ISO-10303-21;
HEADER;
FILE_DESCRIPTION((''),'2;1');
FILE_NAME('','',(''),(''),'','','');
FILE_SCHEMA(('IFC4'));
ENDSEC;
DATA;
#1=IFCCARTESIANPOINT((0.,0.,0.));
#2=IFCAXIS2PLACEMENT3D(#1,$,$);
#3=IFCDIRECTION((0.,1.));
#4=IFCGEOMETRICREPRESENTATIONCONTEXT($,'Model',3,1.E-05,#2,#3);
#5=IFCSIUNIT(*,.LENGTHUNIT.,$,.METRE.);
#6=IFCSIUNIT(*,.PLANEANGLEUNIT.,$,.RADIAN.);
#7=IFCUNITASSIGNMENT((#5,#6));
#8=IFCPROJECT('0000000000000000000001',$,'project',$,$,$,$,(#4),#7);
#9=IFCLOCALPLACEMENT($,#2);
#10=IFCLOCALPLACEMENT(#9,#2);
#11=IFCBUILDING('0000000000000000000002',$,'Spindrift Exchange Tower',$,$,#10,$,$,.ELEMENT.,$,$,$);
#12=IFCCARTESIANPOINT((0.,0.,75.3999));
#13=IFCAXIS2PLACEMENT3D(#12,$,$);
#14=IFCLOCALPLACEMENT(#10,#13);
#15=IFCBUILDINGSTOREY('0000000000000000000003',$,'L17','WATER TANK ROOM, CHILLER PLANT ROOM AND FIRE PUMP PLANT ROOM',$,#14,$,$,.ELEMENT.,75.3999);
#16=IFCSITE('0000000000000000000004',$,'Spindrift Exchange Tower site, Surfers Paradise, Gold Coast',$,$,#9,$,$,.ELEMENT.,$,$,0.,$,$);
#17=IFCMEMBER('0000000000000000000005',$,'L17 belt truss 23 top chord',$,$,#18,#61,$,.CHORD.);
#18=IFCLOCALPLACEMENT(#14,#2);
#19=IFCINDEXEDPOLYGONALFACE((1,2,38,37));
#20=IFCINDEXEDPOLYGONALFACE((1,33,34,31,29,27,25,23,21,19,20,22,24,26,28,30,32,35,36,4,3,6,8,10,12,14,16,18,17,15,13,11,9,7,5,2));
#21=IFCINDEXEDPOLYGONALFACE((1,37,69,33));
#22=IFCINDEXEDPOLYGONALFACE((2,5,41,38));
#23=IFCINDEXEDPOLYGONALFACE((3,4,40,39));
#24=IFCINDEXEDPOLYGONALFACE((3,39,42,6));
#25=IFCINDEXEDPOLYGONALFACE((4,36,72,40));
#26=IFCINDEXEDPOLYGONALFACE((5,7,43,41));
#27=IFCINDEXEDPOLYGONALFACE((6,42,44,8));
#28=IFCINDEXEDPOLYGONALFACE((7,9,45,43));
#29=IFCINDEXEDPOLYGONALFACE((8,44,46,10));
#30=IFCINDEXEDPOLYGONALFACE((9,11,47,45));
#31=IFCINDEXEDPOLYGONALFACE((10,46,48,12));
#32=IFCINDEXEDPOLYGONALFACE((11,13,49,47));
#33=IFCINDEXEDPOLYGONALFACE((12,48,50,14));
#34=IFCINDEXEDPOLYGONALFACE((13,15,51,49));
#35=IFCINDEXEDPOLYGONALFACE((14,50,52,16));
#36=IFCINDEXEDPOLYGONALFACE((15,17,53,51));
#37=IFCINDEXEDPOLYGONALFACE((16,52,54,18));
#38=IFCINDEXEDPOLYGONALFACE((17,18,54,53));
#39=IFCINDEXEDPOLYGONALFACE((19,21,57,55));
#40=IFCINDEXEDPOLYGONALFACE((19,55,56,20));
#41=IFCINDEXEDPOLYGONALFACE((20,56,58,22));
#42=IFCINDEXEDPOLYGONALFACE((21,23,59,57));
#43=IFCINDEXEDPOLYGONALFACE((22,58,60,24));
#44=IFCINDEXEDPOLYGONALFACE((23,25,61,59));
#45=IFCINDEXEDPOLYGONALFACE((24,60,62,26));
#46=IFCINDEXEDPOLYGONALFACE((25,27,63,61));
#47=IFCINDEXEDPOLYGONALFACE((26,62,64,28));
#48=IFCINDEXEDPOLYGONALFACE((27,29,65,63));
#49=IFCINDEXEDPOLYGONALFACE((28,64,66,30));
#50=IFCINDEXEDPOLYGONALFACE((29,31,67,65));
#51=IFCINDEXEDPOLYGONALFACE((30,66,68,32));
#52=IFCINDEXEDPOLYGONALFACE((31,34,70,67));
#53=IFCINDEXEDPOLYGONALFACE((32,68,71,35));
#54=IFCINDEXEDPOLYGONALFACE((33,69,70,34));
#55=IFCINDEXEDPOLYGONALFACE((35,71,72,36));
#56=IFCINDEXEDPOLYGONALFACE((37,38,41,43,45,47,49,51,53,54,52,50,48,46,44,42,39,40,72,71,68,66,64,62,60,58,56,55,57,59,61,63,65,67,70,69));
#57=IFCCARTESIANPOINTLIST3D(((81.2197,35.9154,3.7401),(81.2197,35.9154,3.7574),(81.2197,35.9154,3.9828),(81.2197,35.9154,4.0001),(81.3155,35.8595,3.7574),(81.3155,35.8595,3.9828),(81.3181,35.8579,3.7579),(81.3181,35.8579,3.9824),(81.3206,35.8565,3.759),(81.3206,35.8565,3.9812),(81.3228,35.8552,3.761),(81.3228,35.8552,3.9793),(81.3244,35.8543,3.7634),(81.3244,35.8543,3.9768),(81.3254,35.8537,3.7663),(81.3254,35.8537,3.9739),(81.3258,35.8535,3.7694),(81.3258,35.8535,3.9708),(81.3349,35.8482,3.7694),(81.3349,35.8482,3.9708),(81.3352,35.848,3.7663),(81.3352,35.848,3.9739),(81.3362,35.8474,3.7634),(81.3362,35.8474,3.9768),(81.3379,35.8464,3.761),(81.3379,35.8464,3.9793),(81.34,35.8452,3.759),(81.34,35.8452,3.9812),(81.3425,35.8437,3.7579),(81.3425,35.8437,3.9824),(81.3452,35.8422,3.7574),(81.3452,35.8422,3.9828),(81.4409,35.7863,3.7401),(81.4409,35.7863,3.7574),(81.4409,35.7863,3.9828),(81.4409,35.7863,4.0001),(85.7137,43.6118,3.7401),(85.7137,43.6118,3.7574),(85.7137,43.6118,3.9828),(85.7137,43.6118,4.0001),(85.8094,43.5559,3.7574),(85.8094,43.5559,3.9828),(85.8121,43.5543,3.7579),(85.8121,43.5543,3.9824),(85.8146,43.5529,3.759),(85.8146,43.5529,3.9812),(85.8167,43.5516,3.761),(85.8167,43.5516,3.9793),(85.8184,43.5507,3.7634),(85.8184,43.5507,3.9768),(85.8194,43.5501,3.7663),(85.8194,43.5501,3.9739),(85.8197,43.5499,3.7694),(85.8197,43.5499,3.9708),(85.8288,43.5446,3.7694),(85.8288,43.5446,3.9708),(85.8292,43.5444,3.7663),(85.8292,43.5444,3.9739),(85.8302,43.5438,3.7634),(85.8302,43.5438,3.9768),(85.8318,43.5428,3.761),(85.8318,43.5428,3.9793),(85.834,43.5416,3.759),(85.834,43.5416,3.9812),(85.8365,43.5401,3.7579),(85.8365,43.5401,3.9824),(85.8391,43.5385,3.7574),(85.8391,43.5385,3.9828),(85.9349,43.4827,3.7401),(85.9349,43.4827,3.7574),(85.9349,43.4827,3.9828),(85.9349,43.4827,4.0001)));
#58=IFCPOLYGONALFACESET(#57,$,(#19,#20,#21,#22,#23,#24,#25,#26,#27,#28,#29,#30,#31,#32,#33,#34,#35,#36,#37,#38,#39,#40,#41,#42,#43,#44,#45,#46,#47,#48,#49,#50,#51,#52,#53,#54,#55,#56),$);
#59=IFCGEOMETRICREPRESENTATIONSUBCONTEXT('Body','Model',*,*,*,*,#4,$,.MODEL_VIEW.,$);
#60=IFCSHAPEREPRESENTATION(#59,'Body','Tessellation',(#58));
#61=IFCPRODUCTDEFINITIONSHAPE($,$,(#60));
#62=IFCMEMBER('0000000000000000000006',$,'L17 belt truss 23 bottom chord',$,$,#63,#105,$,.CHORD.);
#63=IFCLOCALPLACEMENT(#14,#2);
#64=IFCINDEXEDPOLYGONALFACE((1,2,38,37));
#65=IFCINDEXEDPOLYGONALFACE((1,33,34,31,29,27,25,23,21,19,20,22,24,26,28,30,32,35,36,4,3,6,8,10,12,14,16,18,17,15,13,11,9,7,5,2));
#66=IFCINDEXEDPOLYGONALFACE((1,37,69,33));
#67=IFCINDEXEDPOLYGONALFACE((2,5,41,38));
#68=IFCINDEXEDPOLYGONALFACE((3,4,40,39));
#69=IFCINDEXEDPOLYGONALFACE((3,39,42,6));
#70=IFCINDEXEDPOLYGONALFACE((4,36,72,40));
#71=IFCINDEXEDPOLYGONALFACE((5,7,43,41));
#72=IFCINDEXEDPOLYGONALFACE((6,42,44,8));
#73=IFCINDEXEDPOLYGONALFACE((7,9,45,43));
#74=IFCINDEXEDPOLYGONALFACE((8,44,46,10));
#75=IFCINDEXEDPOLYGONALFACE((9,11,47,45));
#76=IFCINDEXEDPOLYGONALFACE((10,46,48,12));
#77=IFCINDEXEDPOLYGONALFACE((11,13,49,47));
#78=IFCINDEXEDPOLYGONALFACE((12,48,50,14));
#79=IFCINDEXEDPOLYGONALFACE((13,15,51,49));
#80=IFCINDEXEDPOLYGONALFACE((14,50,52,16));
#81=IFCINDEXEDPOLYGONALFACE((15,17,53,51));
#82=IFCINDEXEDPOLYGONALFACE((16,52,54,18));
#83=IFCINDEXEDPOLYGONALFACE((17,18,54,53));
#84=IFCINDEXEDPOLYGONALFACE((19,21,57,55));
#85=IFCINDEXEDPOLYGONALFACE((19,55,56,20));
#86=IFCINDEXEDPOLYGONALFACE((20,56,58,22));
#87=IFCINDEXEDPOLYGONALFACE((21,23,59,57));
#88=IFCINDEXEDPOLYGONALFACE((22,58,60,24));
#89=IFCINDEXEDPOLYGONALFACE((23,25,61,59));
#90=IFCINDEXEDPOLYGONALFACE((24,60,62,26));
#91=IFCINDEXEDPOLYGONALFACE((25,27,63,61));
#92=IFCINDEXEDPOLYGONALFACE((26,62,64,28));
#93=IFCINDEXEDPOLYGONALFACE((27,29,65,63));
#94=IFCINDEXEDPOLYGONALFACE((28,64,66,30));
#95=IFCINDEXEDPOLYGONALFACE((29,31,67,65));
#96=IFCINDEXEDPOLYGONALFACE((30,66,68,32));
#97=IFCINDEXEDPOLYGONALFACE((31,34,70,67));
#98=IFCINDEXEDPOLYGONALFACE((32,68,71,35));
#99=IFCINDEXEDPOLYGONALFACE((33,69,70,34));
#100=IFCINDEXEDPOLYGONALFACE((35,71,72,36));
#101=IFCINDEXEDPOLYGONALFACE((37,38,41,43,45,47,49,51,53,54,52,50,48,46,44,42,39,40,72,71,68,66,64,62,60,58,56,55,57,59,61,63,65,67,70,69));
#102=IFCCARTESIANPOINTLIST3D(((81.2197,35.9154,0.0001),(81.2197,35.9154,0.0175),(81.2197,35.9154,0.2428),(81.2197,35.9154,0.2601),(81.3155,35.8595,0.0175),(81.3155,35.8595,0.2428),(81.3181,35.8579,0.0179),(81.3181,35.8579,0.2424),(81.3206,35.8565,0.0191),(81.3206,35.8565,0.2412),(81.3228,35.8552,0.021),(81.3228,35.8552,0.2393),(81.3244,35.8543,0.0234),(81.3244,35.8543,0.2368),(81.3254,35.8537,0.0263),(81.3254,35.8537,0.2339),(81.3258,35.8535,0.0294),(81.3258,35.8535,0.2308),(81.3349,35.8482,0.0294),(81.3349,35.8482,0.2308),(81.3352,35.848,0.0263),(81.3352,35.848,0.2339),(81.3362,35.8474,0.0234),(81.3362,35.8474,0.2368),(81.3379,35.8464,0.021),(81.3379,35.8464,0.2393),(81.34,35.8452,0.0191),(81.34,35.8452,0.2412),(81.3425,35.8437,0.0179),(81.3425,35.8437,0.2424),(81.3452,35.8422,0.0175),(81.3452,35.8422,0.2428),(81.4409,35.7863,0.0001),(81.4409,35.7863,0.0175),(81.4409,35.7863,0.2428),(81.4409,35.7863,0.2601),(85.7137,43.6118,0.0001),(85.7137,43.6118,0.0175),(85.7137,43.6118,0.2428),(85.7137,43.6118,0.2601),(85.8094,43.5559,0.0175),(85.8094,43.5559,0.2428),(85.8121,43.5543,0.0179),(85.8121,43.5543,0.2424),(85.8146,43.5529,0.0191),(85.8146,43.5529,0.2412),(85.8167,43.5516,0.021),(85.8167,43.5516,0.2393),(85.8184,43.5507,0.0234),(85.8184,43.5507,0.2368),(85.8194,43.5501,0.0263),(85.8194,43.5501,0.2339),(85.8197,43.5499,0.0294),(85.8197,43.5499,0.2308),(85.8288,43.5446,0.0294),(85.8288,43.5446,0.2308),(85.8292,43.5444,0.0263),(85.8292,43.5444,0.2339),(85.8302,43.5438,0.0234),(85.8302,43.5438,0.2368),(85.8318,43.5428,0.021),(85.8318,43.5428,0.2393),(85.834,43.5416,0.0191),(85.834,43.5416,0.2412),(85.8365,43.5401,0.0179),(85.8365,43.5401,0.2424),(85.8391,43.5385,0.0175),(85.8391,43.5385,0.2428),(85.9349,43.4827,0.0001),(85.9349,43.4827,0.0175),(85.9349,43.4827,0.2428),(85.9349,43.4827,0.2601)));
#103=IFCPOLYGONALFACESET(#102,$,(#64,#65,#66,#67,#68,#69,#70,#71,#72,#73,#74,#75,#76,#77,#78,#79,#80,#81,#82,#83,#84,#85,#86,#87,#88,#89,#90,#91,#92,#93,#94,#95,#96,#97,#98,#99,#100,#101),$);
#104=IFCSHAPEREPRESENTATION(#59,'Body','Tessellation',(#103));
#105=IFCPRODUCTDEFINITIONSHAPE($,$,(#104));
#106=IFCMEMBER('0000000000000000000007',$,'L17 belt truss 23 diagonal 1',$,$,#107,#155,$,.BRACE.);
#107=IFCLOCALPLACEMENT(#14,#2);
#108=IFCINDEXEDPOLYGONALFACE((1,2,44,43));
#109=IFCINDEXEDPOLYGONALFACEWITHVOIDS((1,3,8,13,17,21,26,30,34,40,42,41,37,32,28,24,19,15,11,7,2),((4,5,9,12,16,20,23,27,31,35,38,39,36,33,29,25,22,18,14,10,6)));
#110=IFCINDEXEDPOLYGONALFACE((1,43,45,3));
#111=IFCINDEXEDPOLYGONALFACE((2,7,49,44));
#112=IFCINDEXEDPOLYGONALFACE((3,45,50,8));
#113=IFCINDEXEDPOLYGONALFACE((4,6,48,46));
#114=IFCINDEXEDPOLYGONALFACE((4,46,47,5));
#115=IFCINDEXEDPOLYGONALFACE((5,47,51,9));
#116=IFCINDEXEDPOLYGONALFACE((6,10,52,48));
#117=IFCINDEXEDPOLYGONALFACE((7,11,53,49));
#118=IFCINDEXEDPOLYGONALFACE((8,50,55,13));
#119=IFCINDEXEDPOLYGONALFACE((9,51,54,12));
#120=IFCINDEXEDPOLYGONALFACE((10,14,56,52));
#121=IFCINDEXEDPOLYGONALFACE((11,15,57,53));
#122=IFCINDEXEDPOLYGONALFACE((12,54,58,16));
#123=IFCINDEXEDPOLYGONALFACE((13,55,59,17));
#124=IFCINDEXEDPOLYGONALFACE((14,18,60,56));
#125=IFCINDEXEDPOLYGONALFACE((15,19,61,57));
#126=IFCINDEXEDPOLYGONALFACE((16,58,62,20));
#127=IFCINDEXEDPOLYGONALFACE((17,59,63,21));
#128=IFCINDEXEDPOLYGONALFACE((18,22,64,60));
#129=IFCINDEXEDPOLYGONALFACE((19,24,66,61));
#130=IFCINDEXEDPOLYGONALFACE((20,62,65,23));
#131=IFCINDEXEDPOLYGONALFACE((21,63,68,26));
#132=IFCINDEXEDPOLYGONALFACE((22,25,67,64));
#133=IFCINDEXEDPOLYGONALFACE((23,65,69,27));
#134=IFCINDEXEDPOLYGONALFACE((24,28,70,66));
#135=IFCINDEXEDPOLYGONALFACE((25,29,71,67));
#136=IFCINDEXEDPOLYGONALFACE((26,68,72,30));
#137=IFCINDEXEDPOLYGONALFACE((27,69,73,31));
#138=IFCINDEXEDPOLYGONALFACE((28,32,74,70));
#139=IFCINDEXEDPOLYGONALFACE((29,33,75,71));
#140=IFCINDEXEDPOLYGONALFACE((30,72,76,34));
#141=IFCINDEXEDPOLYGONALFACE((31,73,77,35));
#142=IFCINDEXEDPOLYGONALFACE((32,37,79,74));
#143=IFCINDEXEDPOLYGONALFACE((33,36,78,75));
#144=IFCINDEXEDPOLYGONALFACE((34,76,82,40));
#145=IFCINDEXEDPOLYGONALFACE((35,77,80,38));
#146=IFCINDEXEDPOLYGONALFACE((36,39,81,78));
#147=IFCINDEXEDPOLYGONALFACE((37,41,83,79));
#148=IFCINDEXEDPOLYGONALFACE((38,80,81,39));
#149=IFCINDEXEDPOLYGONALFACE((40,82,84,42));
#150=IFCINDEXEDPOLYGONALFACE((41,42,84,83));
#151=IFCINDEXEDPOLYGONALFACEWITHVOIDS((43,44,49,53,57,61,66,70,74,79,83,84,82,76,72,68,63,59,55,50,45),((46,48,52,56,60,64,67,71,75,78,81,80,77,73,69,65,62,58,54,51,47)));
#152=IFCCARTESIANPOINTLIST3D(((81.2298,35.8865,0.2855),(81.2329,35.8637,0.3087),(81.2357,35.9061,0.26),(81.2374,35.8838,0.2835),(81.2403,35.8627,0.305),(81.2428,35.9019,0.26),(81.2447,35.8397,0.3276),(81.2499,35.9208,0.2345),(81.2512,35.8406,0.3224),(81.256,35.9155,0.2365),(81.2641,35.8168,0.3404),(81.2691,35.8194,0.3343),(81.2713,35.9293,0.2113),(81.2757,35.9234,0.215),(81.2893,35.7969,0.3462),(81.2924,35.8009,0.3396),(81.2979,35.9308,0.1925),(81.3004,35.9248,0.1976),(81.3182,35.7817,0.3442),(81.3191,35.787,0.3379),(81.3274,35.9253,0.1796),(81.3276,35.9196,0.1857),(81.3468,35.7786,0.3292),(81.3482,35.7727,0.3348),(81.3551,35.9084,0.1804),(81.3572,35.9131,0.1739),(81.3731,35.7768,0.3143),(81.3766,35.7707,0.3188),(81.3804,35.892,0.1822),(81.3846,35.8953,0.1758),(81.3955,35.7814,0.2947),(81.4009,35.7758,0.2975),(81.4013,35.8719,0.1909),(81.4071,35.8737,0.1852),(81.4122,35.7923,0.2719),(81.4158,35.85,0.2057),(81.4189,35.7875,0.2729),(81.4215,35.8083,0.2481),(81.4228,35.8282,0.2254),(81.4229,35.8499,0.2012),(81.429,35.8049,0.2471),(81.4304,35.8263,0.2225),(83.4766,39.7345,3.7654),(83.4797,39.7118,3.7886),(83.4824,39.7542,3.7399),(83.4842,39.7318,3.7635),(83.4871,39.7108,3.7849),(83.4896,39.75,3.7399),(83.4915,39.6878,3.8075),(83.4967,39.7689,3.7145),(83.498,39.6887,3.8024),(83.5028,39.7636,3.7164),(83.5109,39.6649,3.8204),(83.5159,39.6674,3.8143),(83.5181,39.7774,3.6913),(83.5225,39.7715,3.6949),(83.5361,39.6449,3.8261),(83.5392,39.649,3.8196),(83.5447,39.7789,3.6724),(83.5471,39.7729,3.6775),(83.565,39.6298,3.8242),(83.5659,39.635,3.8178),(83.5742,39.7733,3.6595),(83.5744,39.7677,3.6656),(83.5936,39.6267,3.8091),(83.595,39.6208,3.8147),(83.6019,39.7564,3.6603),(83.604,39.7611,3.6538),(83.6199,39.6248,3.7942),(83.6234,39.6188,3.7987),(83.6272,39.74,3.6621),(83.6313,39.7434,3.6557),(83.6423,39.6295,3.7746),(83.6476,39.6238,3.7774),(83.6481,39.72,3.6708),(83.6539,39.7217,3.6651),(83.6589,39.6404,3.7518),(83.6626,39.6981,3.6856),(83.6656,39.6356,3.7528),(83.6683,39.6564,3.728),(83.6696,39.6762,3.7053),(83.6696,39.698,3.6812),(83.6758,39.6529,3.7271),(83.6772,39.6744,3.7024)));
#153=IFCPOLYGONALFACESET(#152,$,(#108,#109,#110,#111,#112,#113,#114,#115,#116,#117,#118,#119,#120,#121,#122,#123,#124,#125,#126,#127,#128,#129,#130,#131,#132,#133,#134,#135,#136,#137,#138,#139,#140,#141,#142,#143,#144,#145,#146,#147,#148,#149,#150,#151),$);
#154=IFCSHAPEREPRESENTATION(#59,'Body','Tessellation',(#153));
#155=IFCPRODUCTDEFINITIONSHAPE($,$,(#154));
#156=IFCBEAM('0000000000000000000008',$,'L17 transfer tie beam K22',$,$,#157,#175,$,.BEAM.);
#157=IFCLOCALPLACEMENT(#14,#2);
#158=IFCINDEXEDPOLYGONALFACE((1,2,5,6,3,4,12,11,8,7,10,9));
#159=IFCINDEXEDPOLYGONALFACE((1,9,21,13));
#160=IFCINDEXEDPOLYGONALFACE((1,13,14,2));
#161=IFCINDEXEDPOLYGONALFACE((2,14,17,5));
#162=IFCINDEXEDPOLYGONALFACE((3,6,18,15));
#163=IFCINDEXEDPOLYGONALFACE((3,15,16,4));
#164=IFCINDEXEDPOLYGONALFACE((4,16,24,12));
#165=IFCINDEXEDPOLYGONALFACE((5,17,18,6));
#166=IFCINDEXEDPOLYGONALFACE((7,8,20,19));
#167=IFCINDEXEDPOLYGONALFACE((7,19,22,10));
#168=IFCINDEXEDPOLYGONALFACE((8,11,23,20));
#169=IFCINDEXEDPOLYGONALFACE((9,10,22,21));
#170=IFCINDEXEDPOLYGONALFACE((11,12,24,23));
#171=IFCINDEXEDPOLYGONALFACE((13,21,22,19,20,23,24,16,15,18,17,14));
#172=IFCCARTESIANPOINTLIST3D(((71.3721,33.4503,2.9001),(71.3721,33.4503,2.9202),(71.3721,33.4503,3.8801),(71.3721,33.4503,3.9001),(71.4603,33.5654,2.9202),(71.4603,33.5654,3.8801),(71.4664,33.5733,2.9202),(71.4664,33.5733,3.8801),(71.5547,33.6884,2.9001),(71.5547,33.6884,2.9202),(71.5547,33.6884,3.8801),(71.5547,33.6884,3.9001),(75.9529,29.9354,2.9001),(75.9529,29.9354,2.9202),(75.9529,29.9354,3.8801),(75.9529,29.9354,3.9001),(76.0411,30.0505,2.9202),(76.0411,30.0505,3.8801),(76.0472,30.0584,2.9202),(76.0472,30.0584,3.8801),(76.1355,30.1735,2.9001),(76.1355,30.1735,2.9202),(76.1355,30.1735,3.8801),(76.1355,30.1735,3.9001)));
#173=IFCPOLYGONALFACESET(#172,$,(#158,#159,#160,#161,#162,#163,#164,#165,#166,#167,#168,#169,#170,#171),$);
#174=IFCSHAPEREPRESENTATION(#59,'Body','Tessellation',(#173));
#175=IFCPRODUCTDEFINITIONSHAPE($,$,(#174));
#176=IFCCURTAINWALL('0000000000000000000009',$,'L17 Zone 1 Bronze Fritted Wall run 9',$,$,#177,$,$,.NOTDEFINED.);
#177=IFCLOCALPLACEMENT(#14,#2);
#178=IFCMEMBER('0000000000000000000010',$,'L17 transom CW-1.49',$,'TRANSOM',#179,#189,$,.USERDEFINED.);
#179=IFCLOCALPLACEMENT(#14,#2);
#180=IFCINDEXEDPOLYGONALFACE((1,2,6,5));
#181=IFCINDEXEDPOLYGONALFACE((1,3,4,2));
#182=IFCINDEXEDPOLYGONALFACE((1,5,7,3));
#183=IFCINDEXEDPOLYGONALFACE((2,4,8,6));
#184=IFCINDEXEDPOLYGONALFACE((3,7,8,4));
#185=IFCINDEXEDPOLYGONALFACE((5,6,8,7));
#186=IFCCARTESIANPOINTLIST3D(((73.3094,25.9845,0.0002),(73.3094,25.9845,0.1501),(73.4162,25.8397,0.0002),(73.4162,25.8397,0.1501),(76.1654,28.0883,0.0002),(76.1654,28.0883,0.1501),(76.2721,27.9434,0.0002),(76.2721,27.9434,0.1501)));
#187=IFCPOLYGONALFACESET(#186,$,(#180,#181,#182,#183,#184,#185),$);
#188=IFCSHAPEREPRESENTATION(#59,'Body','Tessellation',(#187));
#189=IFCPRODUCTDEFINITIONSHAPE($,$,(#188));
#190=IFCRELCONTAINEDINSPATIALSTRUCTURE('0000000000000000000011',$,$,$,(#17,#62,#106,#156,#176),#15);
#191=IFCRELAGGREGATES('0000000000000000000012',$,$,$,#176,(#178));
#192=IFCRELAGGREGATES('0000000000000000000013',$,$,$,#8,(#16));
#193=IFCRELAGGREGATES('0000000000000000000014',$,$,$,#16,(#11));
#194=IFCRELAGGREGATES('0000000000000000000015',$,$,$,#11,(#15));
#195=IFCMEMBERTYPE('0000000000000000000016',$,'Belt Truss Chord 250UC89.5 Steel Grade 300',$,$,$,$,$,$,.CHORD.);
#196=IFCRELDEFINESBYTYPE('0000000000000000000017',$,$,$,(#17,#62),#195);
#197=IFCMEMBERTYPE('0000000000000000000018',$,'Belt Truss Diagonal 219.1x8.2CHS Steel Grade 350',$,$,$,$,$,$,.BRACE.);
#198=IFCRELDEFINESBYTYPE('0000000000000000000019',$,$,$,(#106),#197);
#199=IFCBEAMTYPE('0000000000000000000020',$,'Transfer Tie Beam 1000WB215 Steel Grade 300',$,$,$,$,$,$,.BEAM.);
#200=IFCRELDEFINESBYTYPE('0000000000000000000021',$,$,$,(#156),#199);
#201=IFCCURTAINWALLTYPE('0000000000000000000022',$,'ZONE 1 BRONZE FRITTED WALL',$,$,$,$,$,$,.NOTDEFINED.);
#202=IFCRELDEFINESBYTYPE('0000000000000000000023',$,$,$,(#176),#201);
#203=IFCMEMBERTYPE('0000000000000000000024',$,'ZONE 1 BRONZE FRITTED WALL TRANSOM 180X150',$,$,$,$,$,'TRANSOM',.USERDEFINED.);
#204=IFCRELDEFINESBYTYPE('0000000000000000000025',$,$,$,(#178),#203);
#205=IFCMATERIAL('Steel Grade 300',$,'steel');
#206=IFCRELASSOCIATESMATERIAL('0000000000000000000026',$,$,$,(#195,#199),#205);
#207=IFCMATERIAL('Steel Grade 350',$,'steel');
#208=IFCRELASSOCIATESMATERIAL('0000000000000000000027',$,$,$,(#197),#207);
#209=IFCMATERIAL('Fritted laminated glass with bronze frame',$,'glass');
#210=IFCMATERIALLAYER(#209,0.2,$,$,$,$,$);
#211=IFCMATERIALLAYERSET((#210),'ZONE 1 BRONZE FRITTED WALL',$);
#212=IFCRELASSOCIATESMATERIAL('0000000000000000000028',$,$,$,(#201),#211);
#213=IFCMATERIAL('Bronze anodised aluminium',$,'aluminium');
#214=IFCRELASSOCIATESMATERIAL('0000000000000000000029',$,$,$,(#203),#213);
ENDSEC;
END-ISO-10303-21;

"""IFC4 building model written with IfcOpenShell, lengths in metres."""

from ifc_helpers import new_model, si_unit, direction, frame, origin, origin_2d, place, context, subcontext, project, spatial, rectangle, hollow_circle, i_section, extrude, source, transform, mapped, material, layer, layer_set, material_profile, profile_set, type_object, element, aggregate, save


model = new_model("IFC4")

# Units and contexts
model_context = context("Model", 3, precision=1e-05, world=origin(), true_north=direction((0.0, 1.0)))
body_context = subcontext(model_context, "Body", "Model", "MODEL_VIEW")
ifc_project = project(units=[si_unit("LENGTHUNIT", "METRE"), si_unit("PLANEANGLEUNIT", "RADIAN")], contexts=[model_context])

# Site, building, storey
site_placement = place(None, origin())
site = spatial("IfcSite", under=ifc_project, at=site_placement, Name="Spindrift Exchange Tower site, Surfers Paradise, Gold Coast", CompositionType="ELEMENT", RefElevation=0.0)
building_placement = place(site_placement, origin())
building = spatial("IfcBuilding", under=site, at=building_placement, Name="Spindrift Exchange Tower", CompositionType="ELEMENT")
storey_placement = place(building_placement, frame((0.0, 0.0, 75.3999)))
storey = spatial("IfcBuildingStorey", under=building, at=storey_placement, Name="L17", Description="WATER TANK ROOM, CHILLER PLANT ROOM AND FIRE PUMP PLANT ROOM", CompositionType="ELEMENT", Elevation=75.3999)

# Members
ifc_material_1 = material(Name="Steel Grade 300", Category="steel")
ifc_material_profile_1 = material_profile(ifc_material_1, i_section(OverallWidth=0.2561, OverallDepth=0.26, WebThickness=0.0105, FlangeThickness=0.0173, FilletRadius=0.012, at=origin_2d()), Name="250UC89.5")
ifc_profile_set_1 = profile_set([ifc_material_profile_1], Name="Steel Grade 300")
member_type_1 = type_object("IfcMemberType", Name="Belt Truss Chord 250UC89.5 Steel Grade 300", PredefinedType="CHORD", material=ifc_profile_set_1)
ifc_material_2 = material(Name="Steel Grade 350", Category="steel")
ifc_material_profile_2 = material_profile(ifc_material_2, hollow_circle(Radius=0.1096, WallThickness=0.0083, at=origin_2d()), Name="219.1x8.2CHS")
ifc_profile_set_2 = profile_set([ifc_material_profile_2], Name="Steel Grade 350")
member_type_2 = type_object("IfcMemberType", Name="Belt Truss Diagonal 219.1x8.2CHS Steel Grade 350", PredefinedType="BRACE", material=ifc_profile_set_2)
shared_shape_1 = source(origin(), body_context, "Body", "SweptSolid", [
    extrude(i_section(OverallWidth=0.2561, OverallDepth=0.26, WebThickness=0.0105, FlangeThickness=0.0173, FilletRadius=0.012, at=origin_2d()), origin(), (0.0, 0.0, 1.0), 8.9124),
])
for number, where, z_axis, x_axis, name in (
    (1, (81.3303, 35.8508, 3.8701), (0.504239, 0.863564, 0.0), (-0.863564, 0.504239, 0.0), "L17 belt truss 23 top chord"),
    (2, (81.3303, 35.8508, 0.1301), (0.504239, 0.863564, 0.0), (-0.863564, 0.504239, 0.0), "L17 belt truss 23 bottom chord"),
):
    element("IfcMember", number, at=place(storey_placement, frame(where, z_axis=z_axis, x_axis=x_axis)), inside=storey, type_object=member_type_1, Name=name, PredefinedType="CHORD", context=body_context, shape_type="MappedRepresentation", body=[
        mapped(shared_shape_1, transform((0.0, 0.0, 0.0), scale=1.0)),
    ])
shared_shape_2 = source(origin(), body_context, "Body", "SweptSolid", [
    extrude(hollow_circle(Radius=0.1096, WallThickness=0.0083, at=origin_2d()), origin(), (0.0, 0.0, 1.0), 5.6538),
])
member_1_placement = place(storey_placement, frame((81.3303, 35.8508, 0.26), z_axis=(0.397393, 0.680616, 0.6155), x_axis=(-0.863576, 0.504218, 0.0)))
element("IfcMember", 3, at=member_1_placement, inside=storey, type_object=member_type_2, Name="L17 belt truss 23 diagonal 1", PredefinedType="BRACE", context=body_context, shape_type="MappedRepresentation", body=[
    mapped(shared_shape_2, transform((0.0, 0.0, 0.0), scale=1.0)),
])

# Beam
ifc_material_profile_3 = material_profile(ifc_material_1, i_section(OverallWidth=0.3, OverallDepth=1.0, WebThickness=0.01, FlangeThickness=0.02, at=origin_2d()), Name="1000WB215")
ifc_profile_set_3 = profile_set([ifc_material_profile_3], Name="Steel Grade 300")
beam_type = type_object("IfcBeamType", Name="Transfer Tie Beam 1000WB215 Steel Grade 300", PredefinedType="BEAM", material=ifc_profile_set_3)
shared_shape_3 = source(origin(), body_context, "Body", "SweptSolid", [
    extrude(i_section(OverallWidth=0.3, OverallDepth=1.0, WebThickness=0.01, FlangeThickness=0.02, at=origin_2d()), origin(), (0.0, 0.0, 1.0), 5.7739),
])
beam_placement = place(storey_placement, frame((76.0442, 30.0544, 3.4001), z_axis=(-0.793361, 0.608752, 0.0), x_axis=(-0.608752, -0.793361, 0.0)))
element("IfcBeam", 4, at=beam_placement, inside=storey, type_object=beam_type, Name="L17 transfer tie beam K22", PredefinedType="BEAM", context=body_context, shape_type="MappedRepresentation", body=[
    mapped(shared_shape_3, transform((0.0, 0.0, 0.0), scale=1.0)),
])

# Curtain wall, member
ifc_material_3 = material(Name="Fritted laminated glass with bronze frame", Category="glass")
ifc_layer_1 = layer(ifc_material_3, 0.2)
ifc_layer_set_1 = layer_set([ifc_layer_1], Name="ZONE 1 BRONZE FRITTED WALL")
curtain_wall_type = type_object("IfcCurtainWallType", Name="ZONE 1 BRONZE FRITTED WALL", PredefinedType="NOTDEFINED", material=ifc_layer_set_1)
curtain_wall_placement = place(storey_placement, origin())
curtain_wall = element("IfcCurtainWall", 5, at=curtain_wall_placement, inside=storey, type_object=curtain_wall_type, Name="L17 Zone 1 Bronze Fritted Wall run 9", PredefinedType="NOTDEFINED")
ifc_material_4 = material(Name="Bronze anodised aluminium", Category="aluminium")
ifc_material_profile_4 = material_profile(ifc_material_4, rectangle(XDim=0.1799, YDim=0.1499, at=origin_2d()), Name="ZONE 1 BRONZE FRITTED WALL TRANSOM 180X150")
ifc_profile_set_4 = profile_set([ifc_material_profile_4], Name="Bronze anodised aluminium")
member_type_3 = type_object("IfcMemberType", Name="ZONE 1 BRONZE FRITTED WALL TRANSOM 180X150", ElementType="TRANSOM", PredefinedType="USERDEFINED", material=ifc_profile_set_4)
shared_shape_4 = source(origin(), body_context, "Body", "SweptSolid", [
    extrude(rectangle(XDim=0.1799, YDim=0.1499, at=origin_2d()), origin(), (0.0, 0.0, 1.0), 3.5471),
])
member_2_placement = place(storey_placement, frame((73.3628, 25.9121, 0.0752), z_axis=(0.805141, 0.593084, 0.0), x_axis=(-0.593084, 0.805141, 0.0)))
member_2 = element("IfcMember", 6, at=member_2_placement, type_object=member_type_3, Name="L17 transom CW-1.49", ObjectType="TRANSOM", PredefinedType="USERDEFINED", context=body_context, shape_type="MappedRepresentation", body=[
    mapped(shared_shape_4, transform((0.0, 0.0, 0.0), scale=1.0)),
])
aggregate(curtain_wall, [member_2])

save(model, "model.ifc")
